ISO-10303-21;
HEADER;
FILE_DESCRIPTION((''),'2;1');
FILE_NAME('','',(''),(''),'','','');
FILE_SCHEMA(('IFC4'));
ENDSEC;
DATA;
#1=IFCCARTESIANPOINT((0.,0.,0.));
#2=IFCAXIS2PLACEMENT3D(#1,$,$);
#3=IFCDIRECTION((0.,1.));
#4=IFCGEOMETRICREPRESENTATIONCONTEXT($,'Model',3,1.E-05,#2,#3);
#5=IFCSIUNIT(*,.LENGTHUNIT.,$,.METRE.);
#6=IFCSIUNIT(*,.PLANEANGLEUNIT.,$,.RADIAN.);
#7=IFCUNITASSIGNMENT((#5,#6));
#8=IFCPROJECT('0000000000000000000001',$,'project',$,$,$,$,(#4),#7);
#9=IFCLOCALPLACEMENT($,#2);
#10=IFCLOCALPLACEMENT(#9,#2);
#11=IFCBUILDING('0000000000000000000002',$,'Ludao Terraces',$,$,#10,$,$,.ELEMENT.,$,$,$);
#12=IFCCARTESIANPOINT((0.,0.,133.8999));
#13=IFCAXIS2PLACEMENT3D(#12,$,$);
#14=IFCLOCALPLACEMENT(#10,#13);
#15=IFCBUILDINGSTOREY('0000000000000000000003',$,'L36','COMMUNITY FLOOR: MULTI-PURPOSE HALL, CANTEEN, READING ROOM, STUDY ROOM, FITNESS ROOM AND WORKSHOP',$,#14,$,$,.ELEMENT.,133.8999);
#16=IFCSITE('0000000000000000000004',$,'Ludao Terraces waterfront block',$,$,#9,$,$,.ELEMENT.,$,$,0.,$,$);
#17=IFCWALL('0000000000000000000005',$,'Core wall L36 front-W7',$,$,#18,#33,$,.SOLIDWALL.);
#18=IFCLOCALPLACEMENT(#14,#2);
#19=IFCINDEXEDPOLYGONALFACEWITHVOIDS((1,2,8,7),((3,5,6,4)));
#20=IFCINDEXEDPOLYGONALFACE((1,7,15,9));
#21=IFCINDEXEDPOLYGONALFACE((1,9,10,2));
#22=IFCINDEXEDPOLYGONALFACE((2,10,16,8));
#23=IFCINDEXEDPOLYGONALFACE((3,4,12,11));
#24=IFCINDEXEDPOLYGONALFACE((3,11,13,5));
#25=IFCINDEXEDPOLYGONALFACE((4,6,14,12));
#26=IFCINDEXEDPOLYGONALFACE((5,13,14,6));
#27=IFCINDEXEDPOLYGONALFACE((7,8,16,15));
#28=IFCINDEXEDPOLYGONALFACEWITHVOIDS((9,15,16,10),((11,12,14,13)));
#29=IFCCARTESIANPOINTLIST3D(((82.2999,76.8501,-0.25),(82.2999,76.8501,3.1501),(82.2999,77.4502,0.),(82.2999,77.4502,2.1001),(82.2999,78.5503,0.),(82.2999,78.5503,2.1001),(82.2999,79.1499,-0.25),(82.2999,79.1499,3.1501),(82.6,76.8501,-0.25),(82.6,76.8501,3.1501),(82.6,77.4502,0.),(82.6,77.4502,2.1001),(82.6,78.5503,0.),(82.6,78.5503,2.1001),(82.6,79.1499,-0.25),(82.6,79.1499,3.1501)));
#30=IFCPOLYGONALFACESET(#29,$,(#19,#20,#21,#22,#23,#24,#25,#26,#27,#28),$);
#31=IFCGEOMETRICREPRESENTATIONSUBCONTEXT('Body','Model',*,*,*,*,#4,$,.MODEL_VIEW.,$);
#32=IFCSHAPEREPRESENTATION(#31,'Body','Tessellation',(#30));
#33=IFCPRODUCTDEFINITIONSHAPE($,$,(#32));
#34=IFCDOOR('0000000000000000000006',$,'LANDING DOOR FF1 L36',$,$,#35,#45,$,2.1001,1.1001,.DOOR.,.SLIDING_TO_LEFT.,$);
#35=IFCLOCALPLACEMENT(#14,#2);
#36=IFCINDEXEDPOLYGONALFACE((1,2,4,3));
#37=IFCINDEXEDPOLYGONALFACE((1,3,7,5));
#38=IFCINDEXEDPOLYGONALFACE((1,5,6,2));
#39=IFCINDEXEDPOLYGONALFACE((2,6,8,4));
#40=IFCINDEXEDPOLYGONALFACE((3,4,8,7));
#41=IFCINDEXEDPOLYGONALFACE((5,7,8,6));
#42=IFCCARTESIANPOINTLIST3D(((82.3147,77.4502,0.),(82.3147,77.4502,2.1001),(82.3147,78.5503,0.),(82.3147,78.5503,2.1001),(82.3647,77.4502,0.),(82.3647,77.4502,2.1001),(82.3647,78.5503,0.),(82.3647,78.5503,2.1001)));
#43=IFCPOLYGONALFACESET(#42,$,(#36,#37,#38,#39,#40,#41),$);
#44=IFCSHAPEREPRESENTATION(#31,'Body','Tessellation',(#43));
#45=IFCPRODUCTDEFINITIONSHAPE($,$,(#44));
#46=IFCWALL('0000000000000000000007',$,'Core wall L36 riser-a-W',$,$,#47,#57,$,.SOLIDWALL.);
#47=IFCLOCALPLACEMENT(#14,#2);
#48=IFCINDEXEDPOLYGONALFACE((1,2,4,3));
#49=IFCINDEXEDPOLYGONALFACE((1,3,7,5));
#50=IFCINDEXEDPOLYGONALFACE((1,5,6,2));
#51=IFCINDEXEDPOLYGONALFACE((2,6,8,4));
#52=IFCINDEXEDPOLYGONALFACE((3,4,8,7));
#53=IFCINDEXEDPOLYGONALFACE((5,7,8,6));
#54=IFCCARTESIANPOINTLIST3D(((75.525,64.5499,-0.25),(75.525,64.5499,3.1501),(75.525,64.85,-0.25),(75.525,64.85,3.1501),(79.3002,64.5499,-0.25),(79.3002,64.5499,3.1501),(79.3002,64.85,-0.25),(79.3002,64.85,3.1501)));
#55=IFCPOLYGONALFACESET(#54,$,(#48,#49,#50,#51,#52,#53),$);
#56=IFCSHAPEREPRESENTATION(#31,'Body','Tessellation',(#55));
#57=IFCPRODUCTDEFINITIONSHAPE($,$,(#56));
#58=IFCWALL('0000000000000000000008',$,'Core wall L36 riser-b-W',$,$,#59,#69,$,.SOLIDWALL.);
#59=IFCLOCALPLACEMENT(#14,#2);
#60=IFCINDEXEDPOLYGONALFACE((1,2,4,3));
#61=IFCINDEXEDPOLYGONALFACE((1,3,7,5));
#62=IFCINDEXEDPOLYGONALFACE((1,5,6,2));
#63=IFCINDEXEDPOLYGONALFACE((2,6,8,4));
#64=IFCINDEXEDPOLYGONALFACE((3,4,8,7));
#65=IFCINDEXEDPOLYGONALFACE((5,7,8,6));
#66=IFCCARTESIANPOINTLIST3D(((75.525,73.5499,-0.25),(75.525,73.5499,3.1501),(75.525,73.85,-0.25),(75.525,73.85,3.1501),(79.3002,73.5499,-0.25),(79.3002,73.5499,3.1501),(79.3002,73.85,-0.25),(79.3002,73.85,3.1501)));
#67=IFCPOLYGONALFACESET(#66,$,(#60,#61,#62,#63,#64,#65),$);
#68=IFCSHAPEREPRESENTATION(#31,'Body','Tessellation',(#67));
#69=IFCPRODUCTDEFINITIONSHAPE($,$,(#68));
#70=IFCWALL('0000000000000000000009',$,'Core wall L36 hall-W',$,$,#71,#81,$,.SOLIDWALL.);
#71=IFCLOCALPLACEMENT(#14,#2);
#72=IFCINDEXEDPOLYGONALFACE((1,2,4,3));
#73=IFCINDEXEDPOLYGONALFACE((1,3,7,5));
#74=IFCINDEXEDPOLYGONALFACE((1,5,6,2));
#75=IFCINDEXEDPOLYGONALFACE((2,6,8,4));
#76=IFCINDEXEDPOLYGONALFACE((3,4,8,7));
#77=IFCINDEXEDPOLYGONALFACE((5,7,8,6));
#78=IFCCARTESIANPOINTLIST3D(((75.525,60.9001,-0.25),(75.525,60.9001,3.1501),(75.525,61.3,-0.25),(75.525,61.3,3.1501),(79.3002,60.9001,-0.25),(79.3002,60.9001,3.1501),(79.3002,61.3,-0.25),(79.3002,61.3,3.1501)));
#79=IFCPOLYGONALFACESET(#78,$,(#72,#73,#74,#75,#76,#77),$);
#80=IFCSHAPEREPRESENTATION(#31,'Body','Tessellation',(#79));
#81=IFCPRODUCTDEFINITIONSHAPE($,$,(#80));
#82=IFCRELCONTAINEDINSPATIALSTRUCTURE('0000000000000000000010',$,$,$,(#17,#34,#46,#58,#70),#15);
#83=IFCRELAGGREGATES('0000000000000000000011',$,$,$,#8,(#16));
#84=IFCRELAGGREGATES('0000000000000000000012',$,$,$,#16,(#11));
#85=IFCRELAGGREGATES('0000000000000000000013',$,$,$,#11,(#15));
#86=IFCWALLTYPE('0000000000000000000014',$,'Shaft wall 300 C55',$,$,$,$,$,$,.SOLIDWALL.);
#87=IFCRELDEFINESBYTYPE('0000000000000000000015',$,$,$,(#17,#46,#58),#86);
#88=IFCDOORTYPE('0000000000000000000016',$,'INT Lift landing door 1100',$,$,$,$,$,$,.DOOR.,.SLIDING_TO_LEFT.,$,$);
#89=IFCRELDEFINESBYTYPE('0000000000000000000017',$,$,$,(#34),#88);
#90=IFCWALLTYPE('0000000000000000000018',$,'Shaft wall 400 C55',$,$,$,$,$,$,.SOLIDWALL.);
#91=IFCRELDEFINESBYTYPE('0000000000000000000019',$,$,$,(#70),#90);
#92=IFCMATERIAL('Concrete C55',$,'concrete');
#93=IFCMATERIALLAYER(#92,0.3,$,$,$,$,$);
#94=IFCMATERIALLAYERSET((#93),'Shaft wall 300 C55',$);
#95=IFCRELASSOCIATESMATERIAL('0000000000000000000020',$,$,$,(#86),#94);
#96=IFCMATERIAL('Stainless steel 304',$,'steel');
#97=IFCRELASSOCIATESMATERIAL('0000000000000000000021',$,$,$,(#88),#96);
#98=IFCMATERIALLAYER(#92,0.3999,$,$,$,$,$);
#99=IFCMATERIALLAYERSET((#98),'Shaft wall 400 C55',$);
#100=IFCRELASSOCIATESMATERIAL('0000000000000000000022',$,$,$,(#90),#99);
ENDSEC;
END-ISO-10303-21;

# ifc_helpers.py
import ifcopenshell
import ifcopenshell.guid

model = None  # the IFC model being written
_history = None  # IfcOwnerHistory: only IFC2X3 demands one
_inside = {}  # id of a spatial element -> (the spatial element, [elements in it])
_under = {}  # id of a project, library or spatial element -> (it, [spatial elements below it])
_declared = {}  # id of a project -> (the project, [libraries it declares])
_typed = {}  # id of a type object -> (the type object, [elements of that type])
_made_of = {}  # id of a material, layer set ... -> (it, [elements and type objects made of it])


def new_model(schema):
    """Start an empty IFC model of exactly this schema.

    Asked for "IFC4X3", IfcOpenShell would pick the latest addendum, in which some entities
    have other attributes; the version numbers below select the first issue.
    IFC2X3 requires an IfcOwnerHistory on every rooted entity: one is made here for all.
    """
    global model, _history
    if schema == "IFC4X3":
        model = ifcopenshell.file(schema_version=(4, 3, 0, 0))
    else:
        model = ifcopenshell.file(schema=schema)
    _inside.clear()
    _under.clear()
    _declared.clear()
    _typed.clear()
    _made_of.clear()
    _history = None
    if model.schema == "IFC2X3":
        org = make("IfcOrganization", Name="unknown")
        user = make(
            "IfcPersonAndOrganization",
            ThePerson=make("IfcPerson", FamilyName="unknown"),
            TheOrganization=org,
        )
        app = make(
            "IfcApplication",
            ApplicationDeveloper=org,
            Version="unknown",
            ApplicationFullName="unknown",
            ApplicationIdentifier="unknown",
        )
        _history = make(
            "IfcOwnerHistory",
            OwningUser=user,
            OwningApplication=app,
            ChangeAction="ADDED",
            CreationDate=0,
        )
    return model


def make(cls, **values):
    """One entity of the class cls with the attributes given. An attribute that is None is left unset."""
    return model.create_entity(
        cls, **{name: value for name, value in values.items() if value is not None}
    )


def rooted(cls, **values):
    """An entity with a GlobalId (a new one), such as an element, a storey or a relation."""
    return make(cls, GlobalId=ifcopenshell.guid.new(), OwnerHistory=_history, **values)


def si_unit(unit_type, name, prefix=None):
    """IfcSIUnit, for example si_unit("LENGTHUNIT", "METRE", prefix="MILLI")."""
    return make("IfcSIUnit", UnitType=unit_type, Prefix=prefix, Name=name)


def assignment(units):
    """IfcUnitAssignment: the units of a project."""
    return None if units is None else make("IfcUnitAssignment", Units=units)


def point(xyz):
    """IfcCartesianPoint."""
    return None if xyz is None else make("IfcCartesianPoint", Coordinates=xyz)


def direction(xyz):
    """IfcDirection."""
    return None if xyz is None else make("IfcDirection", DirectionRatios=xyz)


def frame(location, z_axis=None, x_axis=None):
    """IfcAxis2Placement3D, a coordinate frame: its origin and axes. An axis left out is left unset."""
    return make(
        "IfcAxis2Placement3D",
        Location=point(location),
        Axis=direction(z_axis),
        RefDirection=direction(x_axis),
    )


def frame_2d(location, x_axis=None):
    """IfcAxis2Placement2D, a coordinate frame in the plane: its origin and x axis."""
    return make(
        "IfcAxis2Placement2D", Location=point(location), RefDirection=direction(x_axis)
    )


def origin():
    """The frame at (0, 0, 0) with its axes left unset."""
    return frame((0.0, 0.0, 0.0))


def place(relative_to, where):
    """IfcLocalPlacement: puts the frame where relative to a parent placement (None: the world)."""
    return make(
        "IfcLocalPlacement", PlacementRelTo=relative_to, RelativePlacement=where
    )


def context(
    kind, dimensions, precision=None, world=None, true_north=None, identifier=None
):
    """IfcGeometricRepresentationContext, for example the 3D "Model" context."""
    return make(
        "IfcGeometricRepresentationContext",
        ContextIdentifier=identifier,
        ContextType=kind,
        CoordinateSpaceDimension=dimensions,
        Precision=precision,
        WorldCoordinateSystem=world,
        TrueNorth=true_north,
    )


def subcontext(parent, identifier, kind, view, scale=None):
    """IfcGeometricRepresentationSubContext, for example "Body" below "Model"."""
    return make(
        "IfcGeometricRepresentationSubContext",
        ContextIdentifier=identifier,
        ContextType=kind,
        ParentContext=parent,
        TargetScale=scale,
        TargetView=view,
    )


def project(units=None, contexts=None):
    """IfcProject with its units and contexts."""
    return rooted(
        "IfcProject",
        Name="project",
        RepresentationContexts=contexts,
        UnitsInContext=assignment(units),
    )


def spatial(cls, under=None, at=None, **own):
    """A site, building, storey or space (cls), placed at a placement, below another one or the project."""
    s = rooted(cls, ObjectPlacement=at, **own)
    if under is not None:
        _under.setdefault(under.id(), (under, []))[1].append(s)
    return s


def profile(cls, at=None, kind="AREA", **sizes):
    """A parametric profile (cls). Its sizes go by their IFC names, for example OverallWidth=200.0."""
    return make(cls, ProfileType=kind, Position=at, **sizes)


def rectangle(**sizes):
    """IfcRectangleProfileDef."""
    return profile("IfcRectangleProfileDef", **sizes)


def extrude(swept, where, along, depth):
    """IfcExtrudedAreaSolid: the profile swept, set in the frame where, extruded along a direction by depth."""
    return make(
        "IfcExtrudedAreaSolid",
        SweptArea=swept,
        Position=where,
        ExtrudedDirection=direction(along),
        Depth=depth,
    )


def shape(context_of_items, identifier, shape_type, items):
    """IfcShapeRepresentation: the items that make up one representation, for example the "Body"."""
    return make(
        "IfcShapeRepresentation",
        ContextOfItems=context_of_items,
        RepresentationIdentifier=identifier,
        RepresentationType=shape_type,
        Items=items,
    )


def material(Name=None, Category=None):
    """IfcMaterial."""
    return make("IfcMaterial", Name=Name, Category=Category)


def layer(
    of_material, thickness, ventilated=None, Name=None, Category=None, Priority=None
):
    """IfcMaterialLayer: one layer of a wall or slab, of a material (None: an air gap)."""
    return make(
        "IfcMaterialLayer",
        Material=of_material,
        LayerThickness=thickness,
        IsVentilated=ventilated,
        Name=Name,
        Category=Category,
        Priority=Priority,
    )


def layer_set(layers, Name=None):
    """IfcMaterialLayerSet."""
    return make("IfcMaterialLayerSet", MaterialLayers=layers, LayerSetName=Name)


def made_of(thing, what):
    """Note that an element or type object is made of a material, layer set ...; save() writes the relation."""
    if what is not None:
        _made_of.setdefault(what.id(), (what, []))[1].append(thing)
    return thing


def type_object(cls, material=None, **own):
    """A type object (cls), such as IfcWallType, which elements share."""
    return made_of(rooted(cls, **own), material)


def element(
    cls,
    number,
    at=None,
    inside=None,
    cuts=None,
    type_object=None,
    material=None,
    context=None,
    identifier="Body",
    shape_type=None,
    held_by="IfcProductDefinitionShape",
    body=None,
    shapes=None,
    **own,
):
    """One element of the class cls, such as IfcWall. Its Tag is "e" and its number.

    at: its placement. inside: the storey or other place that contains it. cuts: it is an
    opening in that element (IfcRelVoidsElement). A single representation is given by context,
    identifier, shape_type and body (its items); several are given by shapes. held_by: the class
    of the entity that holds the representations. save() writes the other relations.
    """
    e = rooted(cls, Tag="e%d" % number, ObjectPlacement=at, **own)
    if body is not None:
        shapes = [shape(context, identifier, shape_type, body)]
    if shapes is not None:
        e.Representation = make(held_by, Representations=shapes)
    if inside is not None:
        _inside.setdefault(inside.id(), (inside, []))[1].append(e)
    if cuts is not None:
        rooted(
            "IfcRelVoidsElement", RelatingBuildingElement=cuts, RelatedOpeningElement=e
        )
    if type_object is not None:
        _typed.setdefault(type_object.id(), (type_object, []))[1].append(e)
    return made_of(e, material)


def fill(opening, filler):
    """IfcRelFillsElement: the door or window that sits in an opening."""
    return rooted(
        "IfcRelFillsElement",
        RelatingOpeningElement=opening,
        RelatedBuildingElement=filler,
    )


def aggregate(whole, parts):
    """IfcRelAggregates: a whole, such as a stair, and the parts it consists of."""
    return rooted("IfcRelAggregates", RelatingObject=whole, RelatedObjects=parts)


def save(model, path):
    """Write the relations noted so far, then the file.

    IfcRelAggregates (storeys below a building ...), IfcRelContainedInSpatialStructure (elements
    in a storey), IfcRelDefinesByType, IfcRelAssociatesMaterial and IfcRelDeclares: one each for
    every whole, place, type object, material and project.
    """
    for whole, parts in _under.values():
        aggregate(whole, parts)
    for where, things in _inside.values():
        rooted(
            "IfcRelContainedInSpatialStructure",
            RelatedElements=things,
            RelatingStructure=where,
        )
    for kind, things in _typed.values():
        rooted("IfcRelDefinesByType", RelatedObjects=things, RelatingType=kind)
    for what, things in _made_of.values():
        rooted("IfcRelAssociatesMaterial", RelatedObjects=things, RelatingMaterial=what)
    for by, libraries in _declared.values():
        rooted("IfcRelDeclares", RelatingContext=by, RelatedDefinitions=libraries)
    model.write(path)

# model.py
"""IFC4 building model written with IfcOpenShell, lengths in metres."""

from ifc_helpers import new_model, si_unit, direction, frame, frame_2d, origin, place, context, subcontext, project, spatial, rectangle, extrude, material, layer, layer_set, type_object, element, fill, save


model = new_model("IFC4")

# Units and contexts
model_context = context("Model", 3, precision=1e-05, world=origin(), true_north=direction((0.0, 1.0)))
body_context = subcontext(model_context, "Body", "Model", "MODEL_VIEW")
ifc_project = project(units=[si_unit("LENGTHUNIT", "METRE"), si_unit("PLANEANGLEUNIT", "RADIAN")], contexts=[model_context])

# Site, building, storey
site_placement = place(None, origin())
site = spatial("IfcSite", under=ifc_project, at=site_placement, Name="Ludao Terraces waterfront block", CompositionType="ELEMENT", RefElevation=0.0)
building_placement = place(site_placement, origin())
building = spatial("IfcBuilding", under=site, at=building_placement, Name="Ludao Terraces", CompositionType="ELEMENT")
storey_placement = place(building_placement, frame((0.0, 0.0, 133.8999)))
storey = spatial("IfcBuildingStorey", under=building, at=storey_placement, Name="L36", Description="COMMUNITY FLOOR: MULTI-PURPOSE HALL, CANTEEN, READING ROOM, STUDY ROOM, FITNESS ROOM AND WORKSHOP", CompositionType="ELEMENT", Elevation=133.8999)

# Shared definitions
ifc_material_1 = material(Name="Concrete C55", Category="concrete")
ifc_layer_1 = layer(ifc_material_1, 0.3)
ifc_layer_set_1 = layer_set([ifc_layer_1], Name="Shaft wall 300 C55")
wall_type_1 = type_object("IfcWallType", Name="Shaft wall 300 C55", PredefinedType="SOLIDWALL", material=ifc_layer_set_1)

# Shared definitions
ifc_material_2 = material(Name="Stainless steel 304", Category="steel")
door_type = type_object("IfcDoorType", Name="INT Lift landing door 1100", OperationType="SLIDING_TO_LEFT", PredefinedType="DOOR", material=ifc_material_2)

# Wall, opening, door
wall_1_placement = place(storey_placement, frame((82.45, 76.8501, -0.25), z_axis=(0.0, 0.0, 1.0), x_axis=(0.0, 1.0, 0.0)))
wall_1 = element("IfcWall", 1, at=wall_1_placement, inside=storey, type_object=wall_type_1, Name="Core wall L36 front-W7", PredefinedType="SOLIDWALL", context=body_context, shape_type="SweptSolid", body=[
    extrude(rectangle(XDim=2.2998, YDim=0.3, at=frame_2d((1.1499, 0.0))), origin(), (0.0, 0.0, 1.0), 3.4001),
])
opening_1_placement = place(wall_1_placement, frame((0.6001, 0.0, 0.25)))
opening_1 = element("IfcOpeningElement", 2, at=opening_1_placement, cuts=wall_1, PredefinedType="OPENING", context=body_context, shape_type="SweptSolid", body=[
    extrude(rectangle(XDim=1.1001, YDim=2.1001, at=frame_2d((0.55, 1.05))), frame((0.0, 0.1602, 0.0), z_axis=(0.0, -1.0, 0.0), x_axis=(1.0, 0.0, 0.0)), (0.0, 0.0, 1.0), 0.3201),
])
door_1_placement = place(opening_1_placement, origin())
door_1 = element("IfcDoor", 3, at=door_1_placement, inside=storey, type_object=door_type, Name="LANDING DOOR FF1 L36", OperationType="SLIDING_TO_LEFT", OverallHeight=2.1001, OverallWidth=1.1001, PredefinedType="DOOR", context=body_context, shape_type="SweptSolid", body=[
    extrude(rectangle(XDim=1.1001, YDim=2.1001, at=frame_2d((0.55, 1.05))), frame((0.0, 0.1353, 0.0), z_axis=(0.0, -1.0, 0.0), x_axis=(1.0, 0.0, 0.0)), (0.0, 0.0, 1.0), 0.05),
])
fill(opening_1, door_1)

# Walls
for number, where, z_axis, x_axis, name in (
    (4, (75.5249, 64.7, -0.25), (0.0, 0.0, 1.0), (1.0, 0.0, 0.0), "Core wall L36 riser-a-W"),
    (5, (75.5249, 73.7, -0.25), (0.0, 0.0, 1.0), (1.0, 0.0, 0.0), "Core wall L36 riser-b-W"),
):
    element("IfcWall", number, at=place(storey_placement, frame(where, z_axis=z_axis, x_axis=x_axis)), inside=storey, type_object=wall_type_1, Name=name, PredefinedType="SOLIDWALL", context=body_context, shape_type="SweptSolid", body=[
        extrude(rectangle(XDim=3.7751, YDim=0.3, at=frame_2d((1.8877, 0.0))), origin(), (0.0, 0.0, 1.0), 3.4001),
    ])
ifc_layer_2 = layer(ifc_material_1, 0.3999)
ifc_layer_set_2 = layer_set([ifc_layer_2], Name="Shaft wall 400 C55")
wall_type_2 = type_object("IfcWallType", Name="Shaft wall 400 C55", PredefinedType="SOLIDWALL", material=ifc_layer_set_2)
wall_2_placement = place(storey_placement, frame((75.5249, 61.1001, -0.25), z_axis=(0.0, 0.0, 1.0), x_axis=(1.0, 0.0, 0.0)))
element("IfcWall", 6, at=wall_2_placement, inside=storey, type_object=wall_type_2, Name="Core wall L36 hall-W", PredefinedType="SOLIDWALL", context=body_context, shape_type="SweptSolid", body=[
    extrude(rectangle(XDim=3.7751, YDim=0.3999, at=frame_2d((1.8877, 0.0))), origin(), (0.0, 0.0, 1.0), 3.4001),
])

save(model, "model.ifc")
